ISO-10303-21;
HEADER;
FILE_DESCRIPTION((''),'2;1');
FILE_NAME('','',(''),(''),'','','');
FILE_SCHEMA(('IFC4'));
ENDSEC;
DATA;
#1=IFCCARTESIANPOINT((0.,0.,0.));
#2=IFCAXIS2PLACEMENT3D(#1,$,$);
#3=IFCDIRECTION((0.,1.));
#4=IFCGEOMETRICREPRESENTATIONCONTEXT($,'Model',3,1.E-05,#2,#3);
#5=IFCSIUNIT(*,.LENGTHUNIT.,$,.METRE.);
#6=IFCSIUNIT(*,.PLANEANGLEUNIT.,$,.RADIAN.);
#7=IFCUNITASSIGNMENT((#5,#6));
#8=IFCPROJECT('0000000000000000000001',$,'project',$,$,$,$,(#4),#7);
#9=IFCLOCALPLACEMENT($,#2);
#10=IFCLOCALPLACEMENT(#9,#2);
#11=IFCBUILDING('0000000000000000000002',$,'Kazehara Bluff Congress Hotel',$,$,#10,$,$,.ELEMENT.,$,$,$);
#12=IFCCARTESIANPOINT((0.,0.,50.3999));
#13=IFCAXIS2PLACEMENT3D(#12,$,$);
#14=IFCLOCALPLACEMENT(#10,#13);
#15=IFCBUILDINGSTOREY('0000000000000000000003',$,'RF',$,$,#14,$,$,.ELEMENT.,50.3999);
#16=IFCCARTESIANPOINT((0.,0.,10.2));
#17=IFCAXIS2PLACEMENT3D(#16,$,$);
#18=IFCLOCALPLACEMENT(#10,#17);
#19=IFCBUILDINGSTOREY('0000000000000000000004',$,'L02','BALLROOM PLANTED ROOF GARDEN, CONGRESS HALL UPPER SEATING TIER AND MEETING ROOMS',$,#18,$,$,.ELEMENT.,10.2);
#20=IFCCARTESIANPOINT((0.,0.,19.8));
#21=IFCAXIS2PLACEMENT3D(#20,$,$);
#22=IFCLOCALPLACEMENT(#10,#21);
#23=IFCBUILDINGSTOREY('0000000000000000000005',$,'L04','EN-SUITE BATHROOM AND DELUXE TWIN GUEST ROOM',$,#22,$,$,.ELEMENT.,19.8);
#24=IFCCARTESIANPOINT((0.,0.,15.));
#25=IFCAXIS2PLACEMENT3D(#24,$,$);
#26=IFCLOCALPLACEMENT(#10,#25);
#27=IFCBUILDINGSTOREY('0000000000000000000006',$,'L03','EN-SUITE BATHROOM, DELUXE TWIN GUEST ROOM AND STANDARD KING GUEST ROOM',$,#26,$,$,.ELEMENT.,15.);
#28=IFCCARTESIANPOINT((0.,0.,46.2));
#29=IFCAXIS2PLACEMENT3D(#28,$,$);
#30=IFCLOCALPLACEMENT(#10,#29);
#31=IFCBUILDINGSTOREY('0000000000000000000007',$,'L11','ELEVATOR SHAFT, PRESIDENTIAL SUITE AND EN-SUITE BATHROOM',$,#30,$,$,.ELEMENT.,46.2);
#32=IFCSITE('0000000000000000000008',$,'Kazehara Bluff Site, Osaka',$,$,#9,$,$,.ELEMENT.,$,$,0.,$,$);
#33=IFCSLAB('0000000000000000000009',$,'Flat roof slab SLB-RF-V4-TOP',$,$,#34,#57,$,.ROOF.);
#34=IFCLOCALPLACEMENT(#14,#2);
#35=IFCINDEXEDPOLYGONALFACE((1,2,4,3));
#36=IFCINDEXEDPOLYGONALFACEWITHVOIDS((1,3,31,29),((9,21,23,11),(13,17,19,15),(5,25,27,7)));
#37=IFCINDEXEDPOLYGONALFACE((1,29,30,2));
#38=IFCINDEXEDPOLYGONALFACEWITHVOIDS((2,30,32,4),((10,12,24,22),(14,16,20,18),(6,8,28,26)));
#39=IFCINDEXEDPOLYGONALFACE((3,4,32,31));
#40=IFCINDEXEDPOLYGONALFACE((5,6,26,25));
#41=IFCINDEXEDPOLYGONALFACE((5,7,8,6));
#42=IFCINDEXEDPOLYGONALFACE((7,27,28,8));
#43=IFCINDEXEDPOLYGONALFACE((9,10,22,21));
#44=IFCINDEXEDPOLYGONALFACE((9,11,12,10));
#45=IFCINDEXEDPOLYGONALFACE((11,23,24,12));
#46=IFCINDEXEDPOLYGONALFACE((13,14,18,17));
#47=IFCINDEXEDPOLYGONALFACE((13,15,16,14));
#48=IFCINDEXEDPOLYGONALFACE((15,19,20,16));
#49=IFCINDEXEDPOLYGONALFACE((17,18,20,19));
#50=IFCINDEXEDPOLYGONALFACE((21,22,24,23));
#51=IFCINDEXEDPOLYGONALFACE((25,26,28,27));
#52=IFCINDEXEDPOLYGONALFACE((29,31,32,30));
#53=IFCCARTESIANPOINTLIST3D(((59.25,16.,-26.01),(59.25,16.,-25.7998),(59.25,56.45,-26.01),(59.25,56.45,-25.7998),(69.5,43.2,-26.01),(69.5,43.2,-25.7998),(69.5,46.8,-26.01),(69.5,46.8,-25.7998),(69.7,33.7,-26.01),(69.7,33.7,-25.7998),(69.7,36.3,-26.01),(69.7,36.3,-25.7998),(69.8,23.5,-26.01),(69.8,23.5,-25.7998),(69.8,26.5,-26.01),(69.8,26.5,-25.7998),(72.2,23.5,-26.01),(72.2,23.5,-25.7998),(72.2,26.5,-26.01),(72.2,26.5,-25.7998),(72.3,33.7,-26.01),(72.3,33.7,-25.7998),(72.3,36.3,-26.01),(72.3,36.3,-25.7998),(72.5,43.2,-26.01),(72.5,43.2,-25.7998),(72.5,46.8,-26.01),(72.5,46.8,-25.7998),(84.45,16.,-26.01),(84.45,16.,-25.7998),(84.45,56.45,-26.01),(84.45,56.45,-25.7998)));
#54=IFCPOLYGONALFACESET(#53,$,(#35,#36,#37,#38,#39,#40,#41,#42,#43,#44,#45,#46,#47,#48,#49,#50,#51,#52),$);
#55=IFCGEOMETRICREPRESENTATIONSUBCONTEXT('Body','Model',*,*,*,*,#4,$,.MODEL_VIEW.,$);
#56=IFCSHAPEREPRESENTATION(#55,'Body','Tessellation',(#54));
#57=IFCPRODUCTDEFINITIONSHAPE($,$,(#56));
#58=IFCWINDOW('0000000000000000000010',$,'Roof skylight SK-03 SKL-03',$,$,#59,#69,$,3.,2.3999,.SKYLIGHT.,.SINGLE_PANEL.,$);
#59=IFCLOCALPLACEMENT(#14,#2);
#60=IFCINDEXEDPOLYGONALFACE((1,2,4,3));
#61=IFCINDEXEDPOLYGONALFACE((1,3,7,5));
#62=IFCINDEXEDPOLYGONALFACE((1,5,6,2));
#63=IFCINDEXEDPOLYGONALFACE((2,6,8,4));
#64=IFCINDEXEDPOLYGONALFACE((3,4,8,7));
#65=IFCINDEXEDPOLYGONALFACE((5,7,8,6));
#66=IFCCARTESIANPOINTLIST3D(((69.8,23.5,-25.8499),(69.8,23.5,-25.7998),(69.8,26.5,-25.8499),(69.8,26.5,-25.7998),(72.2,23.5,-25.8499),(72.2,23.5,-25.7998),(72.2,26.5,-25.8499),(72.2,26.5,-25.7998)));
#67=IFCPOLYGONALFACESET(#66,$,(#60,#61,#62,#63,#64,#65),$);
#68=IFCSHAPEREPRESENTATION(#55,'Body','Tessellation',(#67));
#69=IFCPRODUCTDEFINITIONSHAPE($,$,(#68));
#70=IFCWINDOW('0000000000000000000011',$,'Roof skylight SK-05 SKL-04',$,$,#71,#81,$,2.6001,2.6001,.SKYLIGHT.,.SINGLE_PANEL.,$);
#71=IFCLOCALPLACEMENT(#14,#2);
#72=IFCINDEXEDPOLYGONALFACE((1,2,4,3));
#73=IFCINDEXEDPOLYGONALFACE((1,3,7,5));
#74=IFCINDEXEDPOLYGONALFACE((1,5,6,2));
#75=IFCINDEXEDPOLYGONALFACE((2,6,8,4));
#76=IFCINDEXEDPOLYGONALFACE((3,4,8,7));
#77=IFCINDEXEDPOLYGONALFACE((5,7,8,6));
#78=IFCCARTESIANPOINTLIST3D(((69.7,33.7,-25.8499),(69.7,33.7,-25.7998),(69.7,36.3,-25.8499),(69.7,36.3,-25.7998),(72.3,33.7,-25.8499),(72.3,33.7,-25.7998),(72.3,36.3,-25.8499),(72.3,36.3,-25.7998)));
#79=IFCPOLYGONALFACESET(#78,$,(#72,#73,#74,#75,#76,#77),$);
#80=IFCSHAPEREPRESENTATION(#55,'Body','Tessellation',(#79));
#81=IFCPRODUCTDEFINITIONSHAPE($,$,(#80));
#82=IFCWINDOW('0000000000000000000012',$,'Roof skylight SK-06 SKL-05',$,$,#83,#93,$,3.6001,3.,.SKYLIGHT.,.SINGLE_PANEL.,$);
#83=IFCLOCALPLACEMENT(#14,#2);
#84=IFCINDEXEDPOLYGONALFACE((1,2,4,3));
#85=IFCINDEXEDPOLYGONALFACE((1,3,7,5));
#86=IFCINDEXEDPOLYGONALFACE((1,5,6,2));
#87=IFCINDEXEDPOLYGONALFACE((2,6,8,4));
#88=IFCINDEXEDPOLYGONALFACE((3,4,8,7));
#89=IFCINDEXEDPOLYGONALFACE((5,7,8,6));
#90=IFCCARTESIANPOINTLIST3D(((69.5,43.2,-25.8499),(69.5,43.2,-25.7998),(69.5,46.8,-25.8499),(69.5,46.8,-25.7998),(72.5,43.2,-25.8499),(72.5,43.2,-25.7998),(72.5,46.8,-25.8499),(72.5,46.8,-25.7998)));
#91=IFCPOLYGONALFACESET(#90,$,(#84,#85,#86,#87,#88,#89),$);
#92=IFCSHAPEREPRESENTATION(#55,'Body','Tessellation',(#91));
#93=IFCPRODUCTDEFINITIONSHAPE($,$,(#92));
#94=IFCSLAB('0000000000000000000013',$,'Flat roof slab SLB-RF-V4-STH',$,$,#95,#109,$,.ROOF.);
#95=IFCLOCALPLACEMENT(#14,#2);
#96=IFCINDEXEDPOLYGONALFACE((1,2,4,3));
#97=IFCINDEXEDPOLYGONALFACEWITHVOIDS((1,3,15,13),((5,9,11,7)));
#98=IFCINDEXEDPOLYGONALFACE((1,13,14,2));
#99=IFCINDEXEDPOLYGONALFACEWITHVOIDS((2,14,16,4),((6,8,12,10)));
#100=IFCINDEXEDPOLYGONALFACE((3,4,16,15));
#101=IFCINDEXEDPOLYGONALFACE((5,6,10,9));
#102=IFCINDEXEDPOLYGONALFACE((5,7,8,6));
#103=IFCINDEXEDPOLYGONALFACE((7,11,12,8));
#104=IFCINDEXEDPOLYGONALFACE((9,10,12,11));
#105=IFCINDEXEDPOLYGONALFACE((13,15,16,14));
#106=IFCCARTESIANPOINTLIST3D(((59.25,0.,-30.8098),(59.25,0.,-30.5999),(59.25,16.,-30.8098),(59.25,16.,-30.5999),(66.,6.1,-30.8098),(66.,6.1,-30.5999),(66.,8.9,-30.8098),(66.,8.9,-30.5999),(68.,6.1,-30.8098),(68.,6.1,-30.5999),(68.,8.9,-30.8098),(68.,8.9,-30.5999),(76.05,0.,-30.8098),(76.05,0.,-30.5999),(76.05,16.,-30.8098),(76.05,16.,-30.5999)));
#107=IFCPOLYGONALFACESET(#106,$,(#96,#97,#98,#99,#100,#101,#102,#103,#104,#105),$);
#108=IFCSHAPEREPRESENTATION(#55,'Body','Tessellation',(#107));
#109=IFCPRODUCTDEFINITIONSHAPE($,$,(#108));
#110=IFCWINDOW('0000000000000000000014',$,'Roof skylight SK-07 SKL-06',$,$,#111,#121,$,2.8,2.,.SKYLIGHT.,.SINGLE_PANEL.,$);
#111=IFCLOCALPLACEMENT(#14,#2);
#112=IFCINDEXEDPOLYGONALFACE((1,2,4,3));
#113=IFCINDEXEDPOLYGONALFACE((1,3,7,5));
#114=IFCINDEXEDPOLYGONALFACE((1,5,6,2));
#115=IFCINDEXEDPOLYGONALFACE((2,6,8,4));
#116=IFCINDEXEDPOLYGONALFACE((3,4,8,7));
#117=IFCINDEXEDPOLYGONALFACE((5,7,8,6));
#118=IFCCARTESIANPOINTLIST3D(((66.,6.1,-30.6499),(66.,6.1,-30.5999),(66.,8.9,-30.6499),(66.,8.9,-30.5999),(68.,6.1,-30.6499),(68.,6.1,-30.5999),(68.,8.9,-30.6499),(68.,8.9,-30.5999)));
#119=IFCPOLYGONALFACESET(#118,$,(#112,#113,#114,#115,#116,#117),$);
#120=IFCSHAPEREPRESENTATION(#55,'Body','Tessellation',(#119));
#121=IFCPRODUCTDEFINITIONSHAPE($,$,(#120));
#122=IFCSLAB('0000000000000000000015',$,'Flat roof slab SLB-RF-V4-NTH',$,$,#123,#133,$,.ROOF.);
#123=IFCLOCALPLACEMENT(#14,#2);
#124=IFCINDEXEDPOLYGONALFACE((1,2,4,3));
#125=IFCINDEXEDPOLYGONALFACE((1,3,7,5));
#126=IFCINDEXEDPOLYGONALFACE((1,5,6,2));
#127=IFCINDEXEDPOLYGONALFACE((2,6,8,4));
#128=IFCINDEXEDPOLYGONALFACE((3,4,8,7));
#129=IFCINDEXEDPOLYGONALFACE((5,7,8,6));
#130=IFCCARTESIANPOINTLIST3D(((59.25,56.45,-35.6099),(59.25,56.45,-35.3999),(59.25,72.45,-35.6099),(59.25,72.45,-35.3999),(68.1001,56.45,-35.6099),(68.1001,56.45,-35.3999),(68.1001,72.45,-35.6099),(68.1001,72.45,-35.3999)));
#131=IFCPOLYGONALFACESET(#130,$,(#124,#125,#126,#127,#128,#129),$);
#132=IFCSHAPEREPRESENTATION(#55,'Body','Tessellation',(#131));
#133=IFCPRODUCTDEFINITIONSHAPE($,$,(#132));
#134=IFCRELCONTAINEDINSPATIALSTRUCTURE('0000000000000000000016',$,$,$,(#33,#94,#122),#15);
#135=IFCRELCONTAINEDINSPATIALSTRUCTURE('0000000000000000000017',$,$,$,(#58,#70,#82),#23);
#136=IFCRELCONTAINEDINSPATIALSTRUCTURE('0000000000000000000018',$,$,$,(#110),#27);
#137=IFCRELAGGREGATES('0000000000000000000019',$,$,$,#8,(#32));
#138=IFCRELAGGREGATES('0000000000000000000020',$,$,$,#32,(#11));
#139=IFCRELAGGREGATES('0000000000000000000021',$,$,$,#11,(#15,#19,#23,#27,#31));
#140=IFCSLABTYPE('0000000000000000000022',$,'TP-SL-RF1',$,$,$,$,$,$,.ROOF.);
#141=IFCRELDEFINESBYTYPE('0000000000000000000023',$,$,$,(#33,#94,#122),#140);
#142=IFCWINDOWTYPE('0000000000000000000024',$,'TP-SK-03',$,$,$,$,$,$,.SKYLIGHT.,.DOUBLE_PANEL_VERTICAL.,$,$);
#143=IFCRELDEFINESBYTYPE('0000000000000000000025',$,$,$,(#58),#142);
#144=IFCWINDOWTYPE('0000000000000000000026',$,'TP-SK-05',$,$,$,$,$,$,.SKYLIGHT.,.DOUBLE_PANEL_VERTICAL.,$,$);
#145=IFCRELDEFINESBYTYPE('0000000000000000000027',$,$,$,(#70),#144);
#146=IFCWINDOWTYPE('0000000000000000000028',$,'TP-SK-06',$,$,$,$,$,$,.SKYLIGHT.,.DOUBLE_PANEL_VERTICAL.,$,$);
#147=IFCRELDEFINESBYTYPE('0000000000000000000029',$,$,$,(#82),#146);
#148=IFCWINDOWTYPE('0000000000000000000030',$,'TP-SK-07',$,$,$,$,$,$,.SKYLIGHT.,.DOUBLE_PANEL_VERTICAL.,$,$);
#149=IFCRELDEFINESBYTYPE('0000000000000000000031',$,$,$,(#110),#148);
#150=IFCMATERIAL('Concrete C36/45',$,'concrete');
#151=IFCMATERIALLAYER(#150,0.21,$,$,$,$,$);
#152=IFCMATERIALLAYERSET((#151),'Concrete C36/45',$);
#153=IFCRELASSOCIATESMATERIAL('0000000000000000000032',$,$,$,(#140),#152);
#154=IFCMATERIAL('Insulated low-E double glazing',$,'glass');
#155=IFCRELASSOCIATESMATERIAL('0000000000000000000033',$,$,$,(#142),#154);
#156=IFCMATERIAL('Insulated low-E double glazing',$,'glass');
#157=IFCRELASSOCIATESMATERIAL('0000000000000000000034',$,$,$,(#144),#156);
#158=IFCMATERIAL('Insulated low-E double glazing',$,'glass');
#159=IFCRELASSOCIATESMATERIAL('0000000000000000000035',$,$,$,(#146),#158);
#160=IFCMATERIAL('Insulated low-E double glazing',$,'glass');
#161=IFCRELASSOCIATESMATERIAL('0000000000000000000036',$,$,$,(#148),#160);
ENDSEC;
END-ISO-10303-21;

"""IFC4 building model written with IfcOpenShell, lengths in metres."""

from ifc_helpers import new_model, si_unit, direction, frame, origin, origin_2d, place, context, subcontext, project, spatial, polyline, rectangle, outline, extrude, material, layer, layer_set, type_object, element, fill, save


model = new_model("IFC4")

# Units and contexts
model_context = context("Model", 3, precision=1e-05, world=origin(), true_north=direction((0.0, 1.0)))
body_context = subcontext(model_context, "Body", "Model", "MODEL_VIEW")
ifc_project = project(units=[si_unit("LENGTHUNIT", "METRE"), si_unit("PLANEANGLEUNIT", "RADIAN")], contexts=[model_context])

# Site, building, storey
site_placement = place(None, origin())
site = spatial("IfcSite", under=ifc_project, at=site_placement, Name="Kazehara Bluff Site, Osaka", CompositionType="ELEMENT", RefElevation=0.0)
building_placement = place(site_placement, origin())
building = spatial("IfcBuilding", under=site, at=building_placement, Name="Kazehara Bluff Congress Hotel", CompositionType="ELEMENT")
storey_1_placement = place(building_placement, frame((0.0, 0.0, 50.3999)))
storey_1 = spatial("IfcBuildingStorey", under=building, at=storey_1_placement, Name="RF", CompositionType="ELEMENT", Elevation=50.3999)

# Shared definitions
ifc_material_1 = material(Name="Concrete C36/45", Category="concrete")
ifc_layer_1 = layer(ifc_material_1, 0.21)
ifc_layer_set_1 = layer_set([ifc_layer_1], Name="Concrete C36/45")
slab_type = type_object("IfcSlabType", Name="TP-SL-RF1", PredefinedType="ROOF", material=ifc_layer_set_1)

# Shared definitions
storey_2_placement = place(building_placement, frame((0.0, 0.0, 10.2)))
storey_2 = spatial("IfcBuildingStorey", under=building, at=storey_2_placement, Name="L02", Description="BALLROOM PLANTED ROOF GARDEN, CONGRESS HALL UPPER SEATING TIER AND MEETING ROOMS", CompositionType="ELEMENT", Elevation=10.2)

# Slab, openings
slab_1_placement = place(storey_1_placement, frame((0.0, 0.0, -26.01)))
slab_1 = element("IfcSlab", 1, at=slab_1_placement, inside=storey_1, type_object=slab_type, Name="Flat roof slab SLB-RF-V4-TOP", PredefinedType="ROOF", context=body_context, shape_type="SweptSolid", body=[
    extrude(outline(polyline([(59.25, 16.0), (84.45, 16.0), (84.45, 56.45), (59.25, 56.45), (59.25, 16.0)])), origin(), (0.0, 0.0, 1.0), 0.2102),
])
opening_1_placement = place(slab_1_placement, frame((71.0, 25.0, 0.0)))
opening_1 = element("IfcOpeningElement", 2, at=opening_1_placement, cuts=slab_1, PredefinedType="OPENING", context=body_context, shape_type="SweptSolid", body=[
    extrude(rectangle(XDim=2.3999, YDim=3.0, at=origin_2d()), origin(), (0.0, 0.0, 1.0), 0.2102),
])
opening_2_placement = place(slab_1_placement, frame((71.0, 35.0, 0.0)))
opening_2 = element("IfcOpeningElement", 3, at=opening_2_placement, cuts=slab_1, PredefinedType="OPENING", context=body_context, shape_type="SweptSolid", body=[
    extrude(rectangle(XDim=2.6001, YDim=2.6001, at=origin_2d()), origin(), (0.0, 0.0, 1.0), 0.2102),
])
opening_3_placement = place(slab_1_placement, frame((71.0, 45.0, 0.0)))
opening_3 = element("IfcOpeningElement", 4, at=opening_3_placement, cuts=slab_1, PredefinedType="OPENING", context=body_context, shape_type="SweptSolid", body=[
    extrude(rectangle(XDim=3.0, YDim=3.6001, at=origin_2d()), origin(), (0.0, 0.0, 1.0), 0.2102),
])

# Shared definitions
storey_3_placement = place(building_placement, frame((0.0, 0.0, 19.8)))
storey_3 = spatial("IfcBuildingStorey", under=building, at=storey_3_placement, Name="L04", Description="EN-SUITE BATHROOM AND DELUXE TWIN GUEST ROOM", CompositionType="ELEMENT", Elevation=19.8)

# Windows
ifc_material_2 = material(Name="Insulated low-E double glazing", Category="glass")
window_type_1 = type_object("IfcWindowType", Name="TP-SK-03", PartitioningType="DOUBLE_PANEL_VERTICAL", PredefinedType="SKYLIGHT", material=ifc_material_2)
window_1_placement = place(opening_1_placement, frame((0.0, 0.0, 0.1602)))
window_1 = element("IfcWindow", 5, at=window_1_placement, inside=storey_3, type_object=window_type_1, Name="Roof skylight SK-03 SKL-03", OverallHeight=3.0, OverallWidth=2.3999, PartitioningType="SINGLE_PANEL", PredefinedType="SKYLIGHT", context=body_context, shape_type="SweptSolid", body=[
    extrude(rectangle(XDim=2.3999, YDim=3.0, at=origin_2d()), origin(), (0.0, 0.0, 1.0), 0.05),
])
fill(opening_1, window_1)
ifc_material_3 = material(Name="Insulated low-E double glazing", Category="glass")
window_type_2 = type_object("IfcWindowType", Name="TP-SK-05", PartitioningType="DOUBLE_PANEL_VERTICAL", PredefinedType="SKYLIGHT", material=ifc_material_3)
window_2_placement = place(opening_2_placement, frame((0.0, 0.0, 0.1602)))
window_2 = element("IfcWindow", 6, at=window_2_placement, inside=storey_3, type_object=window_type_2, Name="Roof skylight SK-05 SKL-04", OverallHeight=2.6001, OverallWidth=2.6001, PartitioningType="SINGLE_PANEL", PredefinedType="SKYLIGHT", context=body_context, shape_type="SweptSolid", body=[
    extrude(rectangle(XDim=2.6001, YDim=2.6001, at=origin_2d()), origin(), (0.0, 0.0, 1.0), 0.05),
])
fill(opening_2, window_2)
ifc_material_4 = material(Name="Insulated low-E double glazing", Category="glass")
window_type_3 = type_object("IfcWindowType", Name="TP-SK-06", PartitioningType="DOUBLE_PANEL_VERTICAL", PredefinedType="SKYLIGHT", material=ifc_material_4)
window_3_placement = place(opening_3_placement, frame((0.0, 0.0, 0.1602)))
window_3 = element("IfcWindow", 7, at=window_3_placement, inside=storey_3, type_object=window_type_3, Name="Roof skylight SK-06 SKL-05", OverallHeight=3.6001, OverallWidth=3.0, PartitioningType="SINGLE_PANEL", PredefinedType="SKYLIGHT", context=body_context, shape_type="SweptSolid", body=[
    extrude(rectangle(XDim=3.0, YDim=3.6001, at=origin_2d()), origin(), (0.0, 0.0, 1.0), 0.05),
])
fill(opening_3, window_3)

# Slab, opening
slab_2_placement = place(storey_1_placement, frame((0.0, 0.0, -30.8098)))
slab_2 = element("IfcSlab", 8, at=slab_2_placement, inside=storey_1, type_object=slab_type, Name="Flat roof slab SLB-RF-V4-STH", PredefinedType="ROOF", context=body_context, shape_type="SweptSolid", body=[
    extrude(outline(polyline([(59.25, 0.0), (76.05, 0.0), (76.05, 16.0), (59.25, 16.0), (59.25, 0.0)])), origin(), (0.0, 0.0, 1.0), 0.21),
])
opening_4_placement = place(slab_2_placement, frame((67.0, 7.5, 0.0)))
opening_4 = element("IfcOpeningElement", 9, at=opening_4_placement, cuts=slab_2, PredefinedType="OPENING", context=body_context, shape_type="SweptSolid", body=[
    extrude(rectangle(XDim=2.0, YDim=2.8, at=origin_2d()), origin(), (0.0, 0.0, 1.0), 0.21),
])

# Shared definitions
storey_4_placement = place(building_placement, frame((0.0, 0.0, 15.0)))
storey_4 = spatial("IfcBuildingStorey", under=building, at=storey_4_placement, Name="L03", Description="EN-SUITE BATHROOM, DELUXE TWIN GUEST ROOM AND STANDARD KING GUEST ROOM", CompositionType="ELEMENT", Elevation=15.0)

# Window
ifc_material_5 = material(Name="Insulated low-E double glazing", Category="glass")
window_type_4 = type_object("IfcWindowType", Name="TP-SK-07", PartitioningType="DOUBLE_PANEL_VERTICAL", PredefinedType="SKYLIGHT", material=ifc_material_5)
window_4_placement = place(opening_4_placement, frame((0.0, 0.0, 0.1599)))
window_4 = element("IfcWindow", 10, at=window_4_placement, inside=storey_4, type_object=window_type_4, Name="Roof skylight SK-07 SKL-06", OverallHeight=2.8, OverallWidth=2.0, PartitioningType="SINGLE_PANEL", PredefinedType="SKYLIGHT", context=body_context, shape_type="SweptSolid", body=[
    extrude(rectangle(XDim=2.0, YDim=2.8, at=origin_2d()), origin(), (0.0, 0.0, 1.0), 0.05),
])
fill(opening_4, window_4)

# Slab
slab_3_placement = place(storey_1_placement, frame((0.0, 0.0, -35.6099)))
element("IfcSlab", 11, at=slab_3_placement, inside=storey_1, type_object=slab_type, Name="Flat roof slab SLB-RF-V4-NTH", PredefinedType="ROOF", context=body_context, shape_type="SweptSolid", body=[
    extrude(outline(polyline([(59.25, 56.45), (68.1001, 56.45), (68.1001, 72.45), (59.25, 72.45), (59.25, 56.45)])), origin(), (0.0, 0.0, 1.0), 0.21),
])

# Shared definitions
storey_5_placement = place(building_placement, frame((0.0, 0.0, 46.2)))
storey_5 = spatial("IfcBuildingStorey", under=building, at=storey_5_placement, Name="L11", Description="ELEVATOR SHAFT, PRESIDENTIAL SUITE AND EN-SUITE BATHROOM", CompositionType="ELEMENT", Elevation=46.2)

save(model, "model.ifc")
